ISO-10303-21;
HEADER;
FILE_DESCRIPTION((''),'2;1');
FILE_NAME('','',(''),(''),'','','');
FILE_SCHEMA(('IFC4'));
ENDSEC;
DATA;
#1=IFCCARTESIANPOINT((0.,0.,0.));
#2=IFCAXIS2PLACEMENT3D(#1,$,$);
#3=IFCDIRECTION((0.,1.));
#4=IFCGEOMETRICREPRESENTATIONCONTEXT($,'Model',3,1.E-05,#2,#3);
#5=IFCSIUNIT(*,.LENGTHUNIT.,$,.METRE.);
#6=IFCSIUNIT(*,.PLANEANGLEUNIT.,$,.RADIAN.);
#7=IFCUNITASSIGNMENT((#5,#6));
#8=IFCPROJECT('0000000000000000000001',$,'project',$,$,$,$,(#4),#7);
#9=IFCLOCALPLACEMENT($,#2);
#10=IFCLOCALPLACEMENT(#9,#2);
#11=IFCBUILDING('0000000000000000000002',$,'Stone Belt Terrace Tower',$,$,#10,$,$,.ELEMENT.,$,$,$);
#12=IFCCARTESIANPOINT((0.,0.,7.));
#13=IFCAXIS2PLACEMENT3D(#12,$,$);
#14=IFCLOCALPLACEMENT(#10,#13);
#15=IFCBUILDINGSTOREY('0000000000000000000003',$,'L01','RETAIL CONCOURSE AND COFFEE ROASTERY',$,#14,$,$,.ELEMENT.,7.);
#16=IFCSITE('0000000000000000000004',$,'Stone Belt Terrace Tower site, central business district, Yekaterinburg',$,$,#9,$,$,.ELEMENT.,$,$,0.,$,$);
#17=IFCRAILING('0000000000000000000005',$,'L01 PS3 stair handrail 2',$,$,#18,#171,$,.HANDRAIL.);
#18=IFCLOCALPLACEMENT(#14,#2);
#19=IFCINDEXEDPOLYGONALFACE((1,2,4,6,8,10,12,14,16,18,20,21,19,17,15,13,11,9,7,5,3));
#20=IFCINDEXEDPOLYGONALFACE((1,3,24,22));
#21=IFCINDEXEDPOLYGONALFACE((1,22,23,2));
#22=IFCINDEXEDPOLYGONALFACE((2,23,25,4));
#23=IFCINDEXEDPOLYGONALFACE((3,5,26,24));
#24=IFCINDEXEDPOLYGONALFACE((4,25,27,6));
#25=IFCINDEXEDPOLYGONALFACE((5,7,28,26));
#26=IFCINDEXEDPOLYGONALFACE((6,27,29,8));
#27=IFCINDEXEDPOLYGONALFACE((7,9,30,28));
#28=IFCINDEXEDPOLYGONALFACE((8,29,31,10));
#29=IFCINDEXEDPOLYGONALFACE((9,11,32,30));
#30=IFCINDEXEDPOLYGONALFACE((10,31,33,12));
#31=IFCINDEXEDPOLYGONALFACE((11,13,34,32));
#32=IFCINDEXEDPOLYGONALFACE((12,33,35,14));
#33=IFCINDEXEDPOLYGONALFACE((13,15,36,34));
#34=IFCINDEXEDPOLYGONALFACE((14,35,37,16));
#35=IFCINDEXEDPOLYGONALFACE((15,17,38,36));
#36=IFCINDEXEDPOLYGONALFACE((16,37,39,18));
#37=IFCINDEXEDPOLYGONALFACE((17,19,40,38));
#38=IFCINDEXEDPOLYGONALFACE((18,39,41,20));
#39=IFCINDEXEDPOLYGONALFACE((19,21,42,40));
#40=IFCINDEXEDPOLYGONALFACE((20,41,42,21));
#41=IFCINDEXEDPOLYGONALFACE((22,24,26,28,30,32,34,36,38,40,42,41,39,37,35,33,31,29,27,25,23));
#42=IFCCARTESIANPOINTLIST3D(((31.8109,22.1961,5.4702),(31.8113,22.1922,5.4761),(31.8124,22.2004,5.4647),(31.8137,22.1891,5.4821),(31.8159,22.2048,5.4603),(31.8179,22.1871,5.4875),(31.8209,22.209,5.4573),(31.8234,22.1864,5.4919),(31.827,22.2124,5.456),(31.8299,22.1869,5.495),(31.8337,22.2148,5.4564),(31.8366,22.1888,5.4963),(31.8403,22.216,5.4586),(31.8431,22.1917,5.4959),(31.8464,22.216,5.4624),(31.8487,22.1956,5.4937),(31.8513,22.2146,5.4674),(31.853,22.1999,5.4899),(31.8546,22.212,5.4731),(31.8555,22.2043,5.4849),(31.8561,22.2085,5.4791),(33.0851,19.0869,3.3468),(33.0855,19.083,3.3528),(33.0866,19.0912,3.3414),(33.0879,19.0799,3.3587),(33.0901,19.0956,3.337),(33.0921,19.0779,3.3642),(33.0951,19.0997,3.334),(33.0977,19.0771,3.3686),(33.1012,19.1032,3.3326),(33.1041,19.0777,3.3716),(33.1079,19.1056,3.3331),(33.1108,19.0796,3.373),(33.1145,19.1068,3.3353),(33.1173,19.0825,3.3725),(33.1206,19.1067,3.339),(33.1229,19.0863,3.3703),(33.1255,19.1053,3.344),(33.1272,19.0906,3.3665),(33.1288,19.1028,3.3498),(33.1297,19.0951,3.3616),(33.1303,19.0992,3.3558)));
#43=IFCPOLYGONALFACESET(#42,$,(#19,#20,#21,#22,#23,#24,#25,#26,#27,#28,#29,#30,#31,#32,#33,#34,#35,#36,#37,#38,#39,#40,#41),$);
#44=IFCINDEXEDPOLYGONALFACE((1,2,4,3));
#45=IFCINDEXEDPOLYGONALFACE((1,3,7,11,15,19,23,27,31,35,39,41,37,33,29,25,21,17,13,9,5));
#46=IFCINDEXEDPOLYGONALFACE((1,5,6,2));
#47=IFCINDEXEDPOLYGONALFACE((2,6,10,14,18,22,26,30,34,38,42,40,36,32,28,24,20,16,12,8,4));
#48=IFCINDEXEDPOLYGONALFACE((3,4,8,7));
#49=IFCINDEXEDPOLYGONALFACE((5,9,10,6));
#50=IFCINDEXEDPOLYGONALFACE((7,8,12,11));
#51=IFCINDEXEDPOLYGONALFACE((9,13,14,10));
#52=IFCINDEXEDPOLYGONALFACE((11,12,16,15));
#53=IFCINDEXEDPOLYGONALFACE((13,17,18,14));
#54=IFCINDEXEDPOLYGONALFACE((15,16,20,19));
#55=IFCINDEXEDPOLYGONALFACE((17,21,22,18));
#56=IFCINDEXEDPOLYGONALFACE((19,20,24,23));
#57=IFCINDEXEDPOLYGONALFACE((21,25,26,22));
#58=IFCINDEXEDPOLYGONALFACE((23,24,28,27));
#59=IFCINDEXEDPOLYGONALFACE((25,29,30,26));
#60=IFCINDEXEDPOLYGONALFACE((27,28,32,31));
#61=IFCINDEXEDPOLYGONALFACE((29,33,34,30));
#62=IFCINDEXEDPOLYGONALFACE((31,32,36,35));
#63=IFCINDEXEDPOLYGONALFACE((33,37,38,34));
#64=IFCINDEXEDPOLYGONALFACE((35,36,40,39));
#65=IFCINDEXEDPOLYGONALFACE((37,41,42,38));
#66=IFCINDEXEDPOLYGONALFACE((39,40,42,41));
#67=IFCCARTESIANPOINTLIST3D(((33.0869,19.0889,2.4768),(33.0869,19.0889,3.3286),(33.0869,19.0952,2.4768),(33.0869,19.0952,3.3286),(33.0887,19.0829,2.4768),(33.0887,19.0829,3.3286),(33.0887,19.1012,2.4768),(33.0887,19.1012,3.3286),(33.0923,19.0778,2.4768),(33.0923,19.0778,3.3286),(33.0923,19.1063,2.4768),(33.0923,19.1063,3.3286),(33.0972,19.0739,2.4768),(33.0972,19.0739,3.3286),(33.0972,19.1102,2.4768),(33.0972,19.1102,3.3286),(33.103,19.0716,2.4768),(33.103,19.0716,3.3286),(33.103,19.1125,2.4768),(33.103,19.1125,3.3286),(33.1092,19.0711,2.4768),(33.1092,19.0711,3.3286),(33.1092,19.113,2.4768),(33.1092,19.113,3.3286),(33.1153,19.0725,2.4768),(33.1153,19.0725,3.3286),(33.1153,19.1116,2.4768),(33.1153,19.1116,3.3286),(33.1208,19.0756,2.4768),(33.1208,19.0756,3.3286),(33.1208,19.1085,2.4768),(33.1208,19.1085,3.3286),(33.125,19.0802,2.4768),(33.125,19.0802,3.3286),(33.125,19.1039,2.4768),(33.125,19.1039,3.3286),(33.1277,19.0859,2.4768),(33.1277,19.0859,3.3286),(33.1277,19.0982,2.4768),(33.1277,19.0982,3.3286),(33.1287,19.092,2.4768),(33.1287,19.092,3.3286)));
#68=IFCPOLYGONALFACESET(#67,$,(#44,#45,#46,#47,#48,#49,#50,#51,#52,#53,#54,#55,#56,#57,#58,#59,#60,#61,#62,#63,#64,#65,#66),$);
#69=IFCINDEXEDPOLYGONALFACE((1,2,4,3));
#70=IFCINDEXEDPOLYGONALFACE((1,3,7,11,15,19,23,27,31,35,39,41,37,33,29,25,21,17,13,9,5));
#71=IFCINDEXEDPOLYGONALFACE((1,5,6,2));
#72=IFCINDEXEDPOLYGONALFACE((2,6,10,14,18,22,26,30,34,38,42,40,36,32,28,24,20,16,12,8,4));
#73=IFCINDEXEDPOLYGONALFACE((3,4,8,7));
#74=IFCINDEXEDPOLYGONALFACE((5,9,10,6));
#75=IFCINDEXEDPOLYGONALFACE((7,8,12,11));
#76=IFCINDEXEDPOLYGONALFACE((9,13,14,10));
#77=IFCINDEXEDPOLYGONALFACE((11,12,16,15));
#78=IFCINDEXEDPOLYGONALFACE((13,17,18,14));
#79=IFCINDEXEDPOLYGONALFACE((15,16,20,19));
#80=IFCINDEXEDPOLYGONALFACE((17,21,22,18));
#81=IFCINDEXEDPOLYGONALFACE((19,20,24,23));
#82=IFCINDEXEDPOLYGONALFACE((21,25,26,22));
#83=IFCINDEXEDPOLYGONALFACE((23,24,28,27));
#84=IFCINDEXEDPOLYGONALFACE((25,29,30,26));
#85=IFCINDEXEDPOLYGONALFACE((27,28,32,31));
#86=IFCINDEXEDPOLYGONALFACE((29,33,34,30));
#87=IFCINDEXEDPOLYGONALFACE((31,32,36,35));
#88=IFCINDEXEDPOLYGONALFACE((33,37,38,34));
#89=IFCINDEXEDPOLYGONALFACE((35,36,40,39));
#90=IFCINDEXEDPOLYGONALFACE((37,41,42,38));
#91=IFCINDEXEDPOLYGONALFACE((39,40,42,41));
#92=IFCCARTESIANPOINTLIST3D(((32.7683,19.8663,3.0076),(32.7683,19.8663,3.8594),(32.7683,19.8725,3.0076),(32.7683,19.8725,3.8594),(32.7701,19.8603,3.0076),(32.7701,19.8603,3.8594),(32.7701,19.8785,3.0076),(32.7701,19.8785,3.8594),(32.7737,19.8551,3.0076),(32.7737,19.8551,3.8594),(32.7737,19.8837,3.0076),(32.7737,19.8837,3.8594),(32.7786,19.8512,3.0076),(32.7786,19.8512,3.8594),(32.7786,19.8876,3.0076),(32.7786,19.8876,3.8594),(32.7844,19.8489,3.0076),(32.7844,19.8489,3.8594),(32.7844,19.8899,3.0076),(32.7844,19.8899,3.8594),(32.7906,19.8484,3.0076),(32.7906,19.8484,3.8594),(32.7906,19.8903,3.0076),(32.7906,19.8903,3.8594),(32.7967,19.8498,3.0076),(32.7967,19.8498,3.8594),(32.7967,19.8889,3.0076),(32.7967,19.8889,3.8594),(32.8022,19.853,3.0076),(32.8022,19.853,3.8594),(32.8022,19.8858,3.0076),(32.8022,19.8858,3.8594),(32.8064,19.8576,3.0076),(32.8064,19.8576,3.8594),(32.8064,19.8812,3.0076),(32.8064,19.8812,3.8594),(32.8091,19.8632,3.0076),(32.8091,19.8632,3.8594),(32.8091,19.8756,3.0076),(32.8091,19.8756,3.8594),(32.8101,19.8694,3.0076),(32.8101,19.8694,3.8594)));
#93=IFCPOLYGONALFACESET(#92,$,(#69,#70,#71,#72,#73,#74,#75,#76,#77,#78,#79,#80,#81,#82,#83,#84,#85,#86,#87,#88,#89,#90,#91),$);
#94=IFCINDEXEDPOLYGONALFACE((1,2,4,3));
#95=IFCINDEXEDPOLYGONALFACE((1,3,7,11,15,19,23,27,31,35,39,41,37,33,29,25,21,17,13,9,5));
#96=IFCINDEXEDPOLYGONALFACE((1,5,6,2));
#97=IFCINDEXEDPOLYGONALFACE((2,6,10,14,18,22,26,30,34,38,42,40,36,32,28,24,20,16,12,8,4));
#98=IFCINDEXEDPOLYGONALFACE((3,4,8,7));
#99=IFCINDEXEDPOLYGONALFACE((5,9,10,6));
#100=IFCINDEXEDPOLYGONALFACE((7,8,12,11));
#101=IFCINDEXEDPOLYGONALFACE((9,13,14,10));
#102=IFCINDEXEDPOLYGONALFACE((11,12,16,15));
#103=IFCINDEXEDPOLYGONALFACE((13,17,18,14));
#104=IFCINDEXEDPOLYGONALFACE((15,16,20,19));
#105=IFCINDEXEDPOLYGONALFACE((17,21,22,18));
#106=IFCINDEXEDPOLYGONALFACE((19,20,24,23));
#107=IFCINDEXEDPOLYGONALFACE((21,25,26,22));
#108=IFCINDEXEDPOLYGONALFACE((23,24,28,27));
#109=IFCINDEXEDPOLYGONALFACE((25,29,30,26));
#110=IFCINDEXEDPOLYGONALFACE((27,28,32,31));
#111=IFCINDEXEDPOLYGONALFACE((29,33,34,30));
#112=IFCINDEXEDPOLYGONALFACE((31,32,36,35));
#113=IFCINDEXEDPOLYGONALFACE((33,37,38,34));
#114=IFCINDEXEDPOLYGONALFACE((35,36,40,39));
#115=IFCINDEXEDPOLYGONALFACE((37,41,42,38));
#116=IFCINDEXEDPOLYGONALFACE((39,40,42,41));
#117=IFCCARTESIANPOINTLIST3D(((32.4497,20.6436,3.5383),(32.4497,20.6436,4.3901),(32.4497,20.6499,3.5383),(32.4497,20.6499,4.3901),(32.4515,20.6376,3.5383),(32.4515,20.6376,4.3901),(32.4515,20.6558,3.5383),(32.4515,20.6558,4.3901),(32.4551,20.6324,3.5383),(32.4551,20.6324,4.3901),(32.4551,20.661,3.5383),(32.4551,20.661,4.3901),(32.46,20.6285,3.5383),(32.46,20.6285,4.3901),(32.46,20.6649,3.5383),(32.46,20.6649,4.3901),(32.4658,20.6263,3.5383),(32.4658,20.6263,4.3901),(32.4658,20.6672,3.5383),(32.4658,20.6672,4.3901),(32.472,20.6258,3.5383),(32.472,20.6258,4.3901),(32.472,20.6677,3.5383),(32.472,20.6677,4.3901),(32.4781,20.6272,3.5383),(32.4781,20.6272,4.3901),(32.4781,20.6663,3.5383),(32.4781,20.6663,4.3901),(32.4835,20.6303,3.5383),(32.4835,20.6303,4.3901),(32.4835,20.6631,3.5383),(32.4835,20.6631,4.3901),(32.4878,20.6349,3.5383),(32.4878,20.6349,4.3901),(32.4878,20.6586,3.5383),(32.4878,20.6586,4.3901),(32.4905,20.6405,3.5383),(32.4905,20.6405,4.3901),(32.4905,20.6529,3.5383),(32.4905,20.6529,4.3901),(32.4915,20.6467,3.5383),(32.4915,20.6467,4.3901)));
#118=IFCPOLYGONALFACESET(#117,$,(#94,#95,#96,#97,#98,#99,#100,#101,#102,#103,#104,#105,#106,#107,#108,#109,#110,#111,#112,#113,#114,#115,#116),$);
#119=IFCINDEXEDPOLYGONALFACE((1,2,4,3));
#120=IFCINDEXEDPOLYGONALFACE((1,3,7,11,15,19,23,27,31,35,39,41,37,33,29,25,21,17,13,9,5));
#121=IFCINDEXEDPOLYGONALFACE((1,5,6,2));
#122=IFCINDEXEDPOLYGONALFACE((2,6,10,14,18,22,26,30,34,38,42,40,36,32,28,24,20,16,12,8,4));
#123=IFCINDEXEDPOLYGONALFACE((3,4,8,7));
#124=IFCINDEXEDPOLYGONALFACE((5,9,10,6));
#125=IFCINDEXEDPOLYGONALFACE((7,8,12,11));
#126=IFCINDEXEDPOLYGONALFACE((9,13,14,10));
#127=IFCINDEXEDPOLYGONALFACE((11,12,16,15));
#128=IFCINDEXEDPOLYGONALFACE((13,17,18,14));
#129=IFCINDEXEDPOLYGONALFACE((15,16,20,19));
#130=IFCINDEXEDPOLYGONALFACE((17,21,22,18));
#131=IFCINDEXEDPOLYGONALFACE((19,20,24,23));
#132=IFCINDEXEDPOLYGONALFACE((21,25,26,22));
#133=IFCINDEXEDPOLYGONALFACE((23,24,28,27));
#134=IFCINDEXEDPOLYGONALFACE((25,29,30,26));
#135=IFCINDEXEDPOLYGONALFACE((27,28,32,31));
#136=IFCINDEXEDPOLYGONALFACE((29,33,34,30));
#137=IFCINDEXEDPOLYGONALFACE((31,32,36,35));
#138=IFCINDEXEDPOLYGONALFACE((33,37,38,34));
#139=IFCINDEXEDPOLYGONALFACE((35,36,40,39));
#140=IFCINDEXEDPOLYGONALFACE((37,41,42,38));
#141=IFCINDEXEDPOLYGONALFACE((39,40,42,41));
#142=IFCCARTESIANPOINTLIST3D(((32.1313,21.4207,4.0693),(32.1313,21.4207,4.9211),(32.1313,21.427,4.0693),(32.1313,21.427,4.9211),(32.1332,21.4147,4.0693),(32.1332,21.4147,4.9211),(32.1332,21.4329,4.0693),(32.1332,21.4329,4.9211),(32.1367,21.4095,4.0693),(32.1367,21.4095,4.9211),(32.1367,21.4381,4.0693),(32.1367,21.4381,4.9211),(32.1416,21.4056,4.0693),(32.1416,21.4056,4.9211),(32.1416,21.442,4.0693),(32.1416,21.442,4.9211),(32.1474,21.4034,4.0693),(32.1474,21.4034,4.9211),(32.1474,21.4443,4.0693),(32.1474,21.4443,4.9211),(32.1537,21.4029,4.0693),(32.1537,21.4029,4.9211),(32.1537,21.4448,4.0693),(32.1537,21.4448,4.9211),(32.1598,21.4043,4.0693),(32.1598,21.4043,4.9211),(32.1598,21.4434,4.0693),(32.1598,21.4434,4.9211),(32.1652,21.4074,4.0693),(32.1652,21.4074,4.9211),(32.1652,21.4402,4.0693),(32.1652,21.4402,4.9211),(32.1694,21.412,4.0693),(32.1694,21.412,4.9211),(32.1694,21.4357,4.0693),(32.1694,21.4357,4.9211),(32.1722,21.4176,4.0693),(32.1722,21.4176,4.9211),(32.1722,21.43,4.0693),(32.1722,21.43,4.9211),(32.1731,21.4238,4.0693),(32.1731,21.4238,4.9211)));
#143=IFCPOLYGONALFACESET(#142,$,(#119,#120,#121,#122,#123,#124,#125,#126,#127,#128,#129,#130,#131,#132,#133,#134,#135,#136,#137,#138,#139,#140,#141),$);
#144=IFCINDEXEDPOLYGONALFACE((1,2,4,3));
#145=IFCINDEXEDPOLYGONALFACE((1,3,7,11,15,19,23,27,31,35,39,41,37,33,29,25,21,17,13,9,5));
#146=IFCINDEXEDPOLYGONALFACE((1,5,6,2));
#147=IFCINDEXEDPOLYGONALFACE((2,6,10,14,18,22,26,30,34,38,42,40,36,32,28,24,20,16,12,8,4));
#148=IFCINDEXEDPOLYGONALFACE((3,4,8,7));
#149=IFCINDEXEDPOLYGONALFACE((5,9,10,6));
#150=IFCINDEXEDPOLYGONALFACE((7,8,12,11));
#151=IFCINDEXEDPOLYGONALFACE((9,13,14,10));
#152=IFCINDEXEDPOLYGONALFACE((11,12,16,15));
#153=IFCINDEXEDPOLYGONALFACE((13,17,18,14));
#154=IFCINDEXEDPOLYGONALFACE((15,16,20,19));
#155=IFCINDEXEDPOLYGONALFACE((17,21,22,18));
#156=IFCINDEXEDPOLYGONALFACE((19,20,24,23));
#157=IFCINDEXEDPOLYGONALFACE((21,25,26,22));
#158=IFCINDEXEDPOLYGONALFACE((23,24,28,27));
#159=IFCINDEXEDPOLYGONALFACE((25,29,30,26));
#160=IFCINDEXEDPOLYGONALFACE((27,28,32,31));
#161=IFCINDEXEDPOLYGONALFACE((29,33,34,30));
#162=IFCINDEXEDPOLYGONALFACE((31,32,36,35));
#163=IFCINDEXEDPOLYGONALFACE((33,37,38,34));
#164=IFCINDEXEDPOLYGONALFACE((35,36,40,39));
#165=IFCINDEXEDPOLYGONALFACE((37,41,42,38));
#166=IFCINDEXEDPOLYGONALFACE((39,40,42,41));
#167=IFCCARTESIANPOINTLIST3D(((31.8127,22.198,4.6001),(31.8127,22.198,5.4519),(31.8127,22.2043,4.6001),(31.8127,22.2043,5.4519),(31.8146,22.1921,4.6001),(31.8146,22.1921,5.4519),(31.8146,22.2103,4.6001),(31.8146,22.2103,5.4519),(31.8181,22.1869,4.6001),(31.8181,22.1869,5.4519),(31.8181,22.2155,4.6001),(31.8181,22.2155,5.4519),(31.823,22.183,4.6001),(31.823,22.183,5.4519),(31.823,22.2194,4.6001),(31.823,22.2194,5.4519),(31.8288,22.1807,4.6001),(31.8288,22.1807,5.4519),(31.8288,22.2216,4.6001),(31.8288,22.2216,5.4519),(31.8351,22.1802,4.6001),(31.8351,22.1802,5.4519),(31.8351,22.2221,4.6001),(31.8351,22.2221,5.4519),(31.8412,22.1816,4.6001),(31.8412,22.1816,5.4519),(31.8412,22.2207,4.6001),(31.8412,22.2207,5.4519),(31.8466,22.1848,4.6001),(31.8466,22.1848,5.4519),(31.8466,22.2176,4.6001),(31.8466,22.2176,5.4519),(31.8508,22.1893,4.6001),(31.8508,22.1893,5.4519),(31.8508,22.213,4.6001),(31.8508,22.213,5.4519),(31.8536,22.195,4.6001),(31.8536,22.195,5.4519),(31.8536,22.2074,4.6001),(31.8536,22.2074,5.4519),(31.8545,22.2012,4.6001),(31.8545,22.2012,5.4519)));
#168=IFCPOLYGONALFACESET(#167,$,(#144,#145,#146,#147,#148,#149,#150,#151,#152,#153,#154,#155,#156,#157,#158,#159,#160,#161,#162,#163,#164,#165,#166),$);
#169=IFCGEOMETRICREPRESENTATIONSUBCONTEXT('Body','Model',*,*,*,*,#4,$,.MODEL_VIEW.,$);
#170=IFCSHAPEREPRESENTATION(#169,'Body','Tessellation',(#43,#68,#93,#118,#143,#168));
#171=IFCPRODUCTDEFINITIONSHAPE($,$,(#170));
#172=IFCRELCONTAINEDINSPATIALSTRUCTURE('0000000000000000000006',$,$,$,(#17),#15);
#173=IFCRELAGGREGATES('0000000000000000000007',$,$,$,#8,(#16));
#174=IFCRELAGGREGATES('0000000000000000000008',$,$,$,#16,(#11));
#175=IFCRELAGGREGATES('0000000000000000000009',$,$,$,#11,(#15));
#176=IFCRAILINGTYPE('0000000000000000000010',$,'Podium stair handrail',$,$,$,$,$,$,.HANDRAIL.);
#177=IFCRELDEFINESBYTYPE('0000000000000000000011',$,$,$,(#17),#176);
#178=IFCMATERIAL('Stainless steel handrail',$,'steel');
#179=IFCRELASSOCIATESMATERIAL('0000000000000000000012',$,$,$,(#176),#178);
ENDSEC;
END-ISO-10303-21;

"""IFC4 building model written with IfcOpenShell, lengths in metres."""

from ifc_helpers import new_model, si_unit, direction, frame, origin, origin_2d, place, context, subcontext, project, spatial, circle, extrude, material, type_object, element, save


model = new_model("IFC4")

# Units and contexts
model_context = context("Model", 3, precision=1e-05, world=origin(), true_north=direction((0.0, 1.0)))
body_context = subcontext(model_context, "Body", "Model", "MODEL_VIEW")
ifc_project = project(units=[si_unit("LENGTHUNIT", "METRE"), si_unit("PLANEANGLEUNIT", "RADIAN")], contexts=[model_context])

# Site, building, storey
site_placement = place(None, origin())
site = spatial("IfcSite", under=ifc_project, at=site_placement, Name="Stone Belt Terrace Tower site, central business district, Yekaterinburg", CompositionType="ELEMENT", RefElevation=0.0)
building_placement = place(site_placement, origin())
building = spatial("IfcBuilding", under=site, at=building_placement, Name="Stone Belt Terrace Tower", CompositionType="ELEMENT")
storey_placement = place(building_placement, frame((0.0, 0.0, 7.0)))
storey = spatial("IfcBuildingStorey", under=building, at=storey_placement, Name="L01", Description="RETAIL CONCOURSE AND COFFEE ROASTERY", CompositionType="ELEMENT", Elevation=7.0)

# Railing
ifc_material_1 = material(Name="Stainless steel handrail", Category="steel")
railing_type_1 = type_object("IfcRailingType", Name="Podium stair handrail", PredefinedType="HANDRAIL", material=ifc_material_1)
railing_1_placement = place(storey_placement, frame((33.1077, 19.092, 2.4768)))
element("IfcRailing", 1, at=railing_1_placement, inside=storey, type_object=railing_type_1, Name="L01 PS3 stair handrail 2", PredefinedType="HANDRAIL", context=body_context, shape_type="SweptSolid", body=[
    extrude(circle(Radius=0.0239, at=origin_2d()), frame((0.0, 0.0, 0.876), z_axis=(-0.320567, 0.782222, 0.534196), x_axis=(-0.925312, -0.379207, 0.0)), (0.0, 0.0, 1.0), 3.9749),
    extrude(circle(Radius=0.021, at=origin_2d()), origin(), (0.0, 0.0, 1.0), 0.8518),
    extrude(circle(Radius=0.021, at=origin_2d()), frame((-0.3186, 0.7773, 0.5308)), (0.0, 0.0, 1.0), 0.8518),
    extrude(circle(Radius=0.021, at=origin_2d()), frame((-0.6372, 1.5547, 1.0615)), (0.0, 0.0, 1.0), 0.8518),
    extrude(circle(Radius=0.021, at=origin_2d()), frame((-0.9556, 2.3318, 1.5925)), (0.0, 0.0, 1.0), 0.8518),
    extrude(circle(Radius=0.021, at=origin_2d()), frame((-1.2742, 3.1091, 2.1233)), (0.0, 0.0, 1.0), 0.8518),
])

save(model, "model.ifc")
